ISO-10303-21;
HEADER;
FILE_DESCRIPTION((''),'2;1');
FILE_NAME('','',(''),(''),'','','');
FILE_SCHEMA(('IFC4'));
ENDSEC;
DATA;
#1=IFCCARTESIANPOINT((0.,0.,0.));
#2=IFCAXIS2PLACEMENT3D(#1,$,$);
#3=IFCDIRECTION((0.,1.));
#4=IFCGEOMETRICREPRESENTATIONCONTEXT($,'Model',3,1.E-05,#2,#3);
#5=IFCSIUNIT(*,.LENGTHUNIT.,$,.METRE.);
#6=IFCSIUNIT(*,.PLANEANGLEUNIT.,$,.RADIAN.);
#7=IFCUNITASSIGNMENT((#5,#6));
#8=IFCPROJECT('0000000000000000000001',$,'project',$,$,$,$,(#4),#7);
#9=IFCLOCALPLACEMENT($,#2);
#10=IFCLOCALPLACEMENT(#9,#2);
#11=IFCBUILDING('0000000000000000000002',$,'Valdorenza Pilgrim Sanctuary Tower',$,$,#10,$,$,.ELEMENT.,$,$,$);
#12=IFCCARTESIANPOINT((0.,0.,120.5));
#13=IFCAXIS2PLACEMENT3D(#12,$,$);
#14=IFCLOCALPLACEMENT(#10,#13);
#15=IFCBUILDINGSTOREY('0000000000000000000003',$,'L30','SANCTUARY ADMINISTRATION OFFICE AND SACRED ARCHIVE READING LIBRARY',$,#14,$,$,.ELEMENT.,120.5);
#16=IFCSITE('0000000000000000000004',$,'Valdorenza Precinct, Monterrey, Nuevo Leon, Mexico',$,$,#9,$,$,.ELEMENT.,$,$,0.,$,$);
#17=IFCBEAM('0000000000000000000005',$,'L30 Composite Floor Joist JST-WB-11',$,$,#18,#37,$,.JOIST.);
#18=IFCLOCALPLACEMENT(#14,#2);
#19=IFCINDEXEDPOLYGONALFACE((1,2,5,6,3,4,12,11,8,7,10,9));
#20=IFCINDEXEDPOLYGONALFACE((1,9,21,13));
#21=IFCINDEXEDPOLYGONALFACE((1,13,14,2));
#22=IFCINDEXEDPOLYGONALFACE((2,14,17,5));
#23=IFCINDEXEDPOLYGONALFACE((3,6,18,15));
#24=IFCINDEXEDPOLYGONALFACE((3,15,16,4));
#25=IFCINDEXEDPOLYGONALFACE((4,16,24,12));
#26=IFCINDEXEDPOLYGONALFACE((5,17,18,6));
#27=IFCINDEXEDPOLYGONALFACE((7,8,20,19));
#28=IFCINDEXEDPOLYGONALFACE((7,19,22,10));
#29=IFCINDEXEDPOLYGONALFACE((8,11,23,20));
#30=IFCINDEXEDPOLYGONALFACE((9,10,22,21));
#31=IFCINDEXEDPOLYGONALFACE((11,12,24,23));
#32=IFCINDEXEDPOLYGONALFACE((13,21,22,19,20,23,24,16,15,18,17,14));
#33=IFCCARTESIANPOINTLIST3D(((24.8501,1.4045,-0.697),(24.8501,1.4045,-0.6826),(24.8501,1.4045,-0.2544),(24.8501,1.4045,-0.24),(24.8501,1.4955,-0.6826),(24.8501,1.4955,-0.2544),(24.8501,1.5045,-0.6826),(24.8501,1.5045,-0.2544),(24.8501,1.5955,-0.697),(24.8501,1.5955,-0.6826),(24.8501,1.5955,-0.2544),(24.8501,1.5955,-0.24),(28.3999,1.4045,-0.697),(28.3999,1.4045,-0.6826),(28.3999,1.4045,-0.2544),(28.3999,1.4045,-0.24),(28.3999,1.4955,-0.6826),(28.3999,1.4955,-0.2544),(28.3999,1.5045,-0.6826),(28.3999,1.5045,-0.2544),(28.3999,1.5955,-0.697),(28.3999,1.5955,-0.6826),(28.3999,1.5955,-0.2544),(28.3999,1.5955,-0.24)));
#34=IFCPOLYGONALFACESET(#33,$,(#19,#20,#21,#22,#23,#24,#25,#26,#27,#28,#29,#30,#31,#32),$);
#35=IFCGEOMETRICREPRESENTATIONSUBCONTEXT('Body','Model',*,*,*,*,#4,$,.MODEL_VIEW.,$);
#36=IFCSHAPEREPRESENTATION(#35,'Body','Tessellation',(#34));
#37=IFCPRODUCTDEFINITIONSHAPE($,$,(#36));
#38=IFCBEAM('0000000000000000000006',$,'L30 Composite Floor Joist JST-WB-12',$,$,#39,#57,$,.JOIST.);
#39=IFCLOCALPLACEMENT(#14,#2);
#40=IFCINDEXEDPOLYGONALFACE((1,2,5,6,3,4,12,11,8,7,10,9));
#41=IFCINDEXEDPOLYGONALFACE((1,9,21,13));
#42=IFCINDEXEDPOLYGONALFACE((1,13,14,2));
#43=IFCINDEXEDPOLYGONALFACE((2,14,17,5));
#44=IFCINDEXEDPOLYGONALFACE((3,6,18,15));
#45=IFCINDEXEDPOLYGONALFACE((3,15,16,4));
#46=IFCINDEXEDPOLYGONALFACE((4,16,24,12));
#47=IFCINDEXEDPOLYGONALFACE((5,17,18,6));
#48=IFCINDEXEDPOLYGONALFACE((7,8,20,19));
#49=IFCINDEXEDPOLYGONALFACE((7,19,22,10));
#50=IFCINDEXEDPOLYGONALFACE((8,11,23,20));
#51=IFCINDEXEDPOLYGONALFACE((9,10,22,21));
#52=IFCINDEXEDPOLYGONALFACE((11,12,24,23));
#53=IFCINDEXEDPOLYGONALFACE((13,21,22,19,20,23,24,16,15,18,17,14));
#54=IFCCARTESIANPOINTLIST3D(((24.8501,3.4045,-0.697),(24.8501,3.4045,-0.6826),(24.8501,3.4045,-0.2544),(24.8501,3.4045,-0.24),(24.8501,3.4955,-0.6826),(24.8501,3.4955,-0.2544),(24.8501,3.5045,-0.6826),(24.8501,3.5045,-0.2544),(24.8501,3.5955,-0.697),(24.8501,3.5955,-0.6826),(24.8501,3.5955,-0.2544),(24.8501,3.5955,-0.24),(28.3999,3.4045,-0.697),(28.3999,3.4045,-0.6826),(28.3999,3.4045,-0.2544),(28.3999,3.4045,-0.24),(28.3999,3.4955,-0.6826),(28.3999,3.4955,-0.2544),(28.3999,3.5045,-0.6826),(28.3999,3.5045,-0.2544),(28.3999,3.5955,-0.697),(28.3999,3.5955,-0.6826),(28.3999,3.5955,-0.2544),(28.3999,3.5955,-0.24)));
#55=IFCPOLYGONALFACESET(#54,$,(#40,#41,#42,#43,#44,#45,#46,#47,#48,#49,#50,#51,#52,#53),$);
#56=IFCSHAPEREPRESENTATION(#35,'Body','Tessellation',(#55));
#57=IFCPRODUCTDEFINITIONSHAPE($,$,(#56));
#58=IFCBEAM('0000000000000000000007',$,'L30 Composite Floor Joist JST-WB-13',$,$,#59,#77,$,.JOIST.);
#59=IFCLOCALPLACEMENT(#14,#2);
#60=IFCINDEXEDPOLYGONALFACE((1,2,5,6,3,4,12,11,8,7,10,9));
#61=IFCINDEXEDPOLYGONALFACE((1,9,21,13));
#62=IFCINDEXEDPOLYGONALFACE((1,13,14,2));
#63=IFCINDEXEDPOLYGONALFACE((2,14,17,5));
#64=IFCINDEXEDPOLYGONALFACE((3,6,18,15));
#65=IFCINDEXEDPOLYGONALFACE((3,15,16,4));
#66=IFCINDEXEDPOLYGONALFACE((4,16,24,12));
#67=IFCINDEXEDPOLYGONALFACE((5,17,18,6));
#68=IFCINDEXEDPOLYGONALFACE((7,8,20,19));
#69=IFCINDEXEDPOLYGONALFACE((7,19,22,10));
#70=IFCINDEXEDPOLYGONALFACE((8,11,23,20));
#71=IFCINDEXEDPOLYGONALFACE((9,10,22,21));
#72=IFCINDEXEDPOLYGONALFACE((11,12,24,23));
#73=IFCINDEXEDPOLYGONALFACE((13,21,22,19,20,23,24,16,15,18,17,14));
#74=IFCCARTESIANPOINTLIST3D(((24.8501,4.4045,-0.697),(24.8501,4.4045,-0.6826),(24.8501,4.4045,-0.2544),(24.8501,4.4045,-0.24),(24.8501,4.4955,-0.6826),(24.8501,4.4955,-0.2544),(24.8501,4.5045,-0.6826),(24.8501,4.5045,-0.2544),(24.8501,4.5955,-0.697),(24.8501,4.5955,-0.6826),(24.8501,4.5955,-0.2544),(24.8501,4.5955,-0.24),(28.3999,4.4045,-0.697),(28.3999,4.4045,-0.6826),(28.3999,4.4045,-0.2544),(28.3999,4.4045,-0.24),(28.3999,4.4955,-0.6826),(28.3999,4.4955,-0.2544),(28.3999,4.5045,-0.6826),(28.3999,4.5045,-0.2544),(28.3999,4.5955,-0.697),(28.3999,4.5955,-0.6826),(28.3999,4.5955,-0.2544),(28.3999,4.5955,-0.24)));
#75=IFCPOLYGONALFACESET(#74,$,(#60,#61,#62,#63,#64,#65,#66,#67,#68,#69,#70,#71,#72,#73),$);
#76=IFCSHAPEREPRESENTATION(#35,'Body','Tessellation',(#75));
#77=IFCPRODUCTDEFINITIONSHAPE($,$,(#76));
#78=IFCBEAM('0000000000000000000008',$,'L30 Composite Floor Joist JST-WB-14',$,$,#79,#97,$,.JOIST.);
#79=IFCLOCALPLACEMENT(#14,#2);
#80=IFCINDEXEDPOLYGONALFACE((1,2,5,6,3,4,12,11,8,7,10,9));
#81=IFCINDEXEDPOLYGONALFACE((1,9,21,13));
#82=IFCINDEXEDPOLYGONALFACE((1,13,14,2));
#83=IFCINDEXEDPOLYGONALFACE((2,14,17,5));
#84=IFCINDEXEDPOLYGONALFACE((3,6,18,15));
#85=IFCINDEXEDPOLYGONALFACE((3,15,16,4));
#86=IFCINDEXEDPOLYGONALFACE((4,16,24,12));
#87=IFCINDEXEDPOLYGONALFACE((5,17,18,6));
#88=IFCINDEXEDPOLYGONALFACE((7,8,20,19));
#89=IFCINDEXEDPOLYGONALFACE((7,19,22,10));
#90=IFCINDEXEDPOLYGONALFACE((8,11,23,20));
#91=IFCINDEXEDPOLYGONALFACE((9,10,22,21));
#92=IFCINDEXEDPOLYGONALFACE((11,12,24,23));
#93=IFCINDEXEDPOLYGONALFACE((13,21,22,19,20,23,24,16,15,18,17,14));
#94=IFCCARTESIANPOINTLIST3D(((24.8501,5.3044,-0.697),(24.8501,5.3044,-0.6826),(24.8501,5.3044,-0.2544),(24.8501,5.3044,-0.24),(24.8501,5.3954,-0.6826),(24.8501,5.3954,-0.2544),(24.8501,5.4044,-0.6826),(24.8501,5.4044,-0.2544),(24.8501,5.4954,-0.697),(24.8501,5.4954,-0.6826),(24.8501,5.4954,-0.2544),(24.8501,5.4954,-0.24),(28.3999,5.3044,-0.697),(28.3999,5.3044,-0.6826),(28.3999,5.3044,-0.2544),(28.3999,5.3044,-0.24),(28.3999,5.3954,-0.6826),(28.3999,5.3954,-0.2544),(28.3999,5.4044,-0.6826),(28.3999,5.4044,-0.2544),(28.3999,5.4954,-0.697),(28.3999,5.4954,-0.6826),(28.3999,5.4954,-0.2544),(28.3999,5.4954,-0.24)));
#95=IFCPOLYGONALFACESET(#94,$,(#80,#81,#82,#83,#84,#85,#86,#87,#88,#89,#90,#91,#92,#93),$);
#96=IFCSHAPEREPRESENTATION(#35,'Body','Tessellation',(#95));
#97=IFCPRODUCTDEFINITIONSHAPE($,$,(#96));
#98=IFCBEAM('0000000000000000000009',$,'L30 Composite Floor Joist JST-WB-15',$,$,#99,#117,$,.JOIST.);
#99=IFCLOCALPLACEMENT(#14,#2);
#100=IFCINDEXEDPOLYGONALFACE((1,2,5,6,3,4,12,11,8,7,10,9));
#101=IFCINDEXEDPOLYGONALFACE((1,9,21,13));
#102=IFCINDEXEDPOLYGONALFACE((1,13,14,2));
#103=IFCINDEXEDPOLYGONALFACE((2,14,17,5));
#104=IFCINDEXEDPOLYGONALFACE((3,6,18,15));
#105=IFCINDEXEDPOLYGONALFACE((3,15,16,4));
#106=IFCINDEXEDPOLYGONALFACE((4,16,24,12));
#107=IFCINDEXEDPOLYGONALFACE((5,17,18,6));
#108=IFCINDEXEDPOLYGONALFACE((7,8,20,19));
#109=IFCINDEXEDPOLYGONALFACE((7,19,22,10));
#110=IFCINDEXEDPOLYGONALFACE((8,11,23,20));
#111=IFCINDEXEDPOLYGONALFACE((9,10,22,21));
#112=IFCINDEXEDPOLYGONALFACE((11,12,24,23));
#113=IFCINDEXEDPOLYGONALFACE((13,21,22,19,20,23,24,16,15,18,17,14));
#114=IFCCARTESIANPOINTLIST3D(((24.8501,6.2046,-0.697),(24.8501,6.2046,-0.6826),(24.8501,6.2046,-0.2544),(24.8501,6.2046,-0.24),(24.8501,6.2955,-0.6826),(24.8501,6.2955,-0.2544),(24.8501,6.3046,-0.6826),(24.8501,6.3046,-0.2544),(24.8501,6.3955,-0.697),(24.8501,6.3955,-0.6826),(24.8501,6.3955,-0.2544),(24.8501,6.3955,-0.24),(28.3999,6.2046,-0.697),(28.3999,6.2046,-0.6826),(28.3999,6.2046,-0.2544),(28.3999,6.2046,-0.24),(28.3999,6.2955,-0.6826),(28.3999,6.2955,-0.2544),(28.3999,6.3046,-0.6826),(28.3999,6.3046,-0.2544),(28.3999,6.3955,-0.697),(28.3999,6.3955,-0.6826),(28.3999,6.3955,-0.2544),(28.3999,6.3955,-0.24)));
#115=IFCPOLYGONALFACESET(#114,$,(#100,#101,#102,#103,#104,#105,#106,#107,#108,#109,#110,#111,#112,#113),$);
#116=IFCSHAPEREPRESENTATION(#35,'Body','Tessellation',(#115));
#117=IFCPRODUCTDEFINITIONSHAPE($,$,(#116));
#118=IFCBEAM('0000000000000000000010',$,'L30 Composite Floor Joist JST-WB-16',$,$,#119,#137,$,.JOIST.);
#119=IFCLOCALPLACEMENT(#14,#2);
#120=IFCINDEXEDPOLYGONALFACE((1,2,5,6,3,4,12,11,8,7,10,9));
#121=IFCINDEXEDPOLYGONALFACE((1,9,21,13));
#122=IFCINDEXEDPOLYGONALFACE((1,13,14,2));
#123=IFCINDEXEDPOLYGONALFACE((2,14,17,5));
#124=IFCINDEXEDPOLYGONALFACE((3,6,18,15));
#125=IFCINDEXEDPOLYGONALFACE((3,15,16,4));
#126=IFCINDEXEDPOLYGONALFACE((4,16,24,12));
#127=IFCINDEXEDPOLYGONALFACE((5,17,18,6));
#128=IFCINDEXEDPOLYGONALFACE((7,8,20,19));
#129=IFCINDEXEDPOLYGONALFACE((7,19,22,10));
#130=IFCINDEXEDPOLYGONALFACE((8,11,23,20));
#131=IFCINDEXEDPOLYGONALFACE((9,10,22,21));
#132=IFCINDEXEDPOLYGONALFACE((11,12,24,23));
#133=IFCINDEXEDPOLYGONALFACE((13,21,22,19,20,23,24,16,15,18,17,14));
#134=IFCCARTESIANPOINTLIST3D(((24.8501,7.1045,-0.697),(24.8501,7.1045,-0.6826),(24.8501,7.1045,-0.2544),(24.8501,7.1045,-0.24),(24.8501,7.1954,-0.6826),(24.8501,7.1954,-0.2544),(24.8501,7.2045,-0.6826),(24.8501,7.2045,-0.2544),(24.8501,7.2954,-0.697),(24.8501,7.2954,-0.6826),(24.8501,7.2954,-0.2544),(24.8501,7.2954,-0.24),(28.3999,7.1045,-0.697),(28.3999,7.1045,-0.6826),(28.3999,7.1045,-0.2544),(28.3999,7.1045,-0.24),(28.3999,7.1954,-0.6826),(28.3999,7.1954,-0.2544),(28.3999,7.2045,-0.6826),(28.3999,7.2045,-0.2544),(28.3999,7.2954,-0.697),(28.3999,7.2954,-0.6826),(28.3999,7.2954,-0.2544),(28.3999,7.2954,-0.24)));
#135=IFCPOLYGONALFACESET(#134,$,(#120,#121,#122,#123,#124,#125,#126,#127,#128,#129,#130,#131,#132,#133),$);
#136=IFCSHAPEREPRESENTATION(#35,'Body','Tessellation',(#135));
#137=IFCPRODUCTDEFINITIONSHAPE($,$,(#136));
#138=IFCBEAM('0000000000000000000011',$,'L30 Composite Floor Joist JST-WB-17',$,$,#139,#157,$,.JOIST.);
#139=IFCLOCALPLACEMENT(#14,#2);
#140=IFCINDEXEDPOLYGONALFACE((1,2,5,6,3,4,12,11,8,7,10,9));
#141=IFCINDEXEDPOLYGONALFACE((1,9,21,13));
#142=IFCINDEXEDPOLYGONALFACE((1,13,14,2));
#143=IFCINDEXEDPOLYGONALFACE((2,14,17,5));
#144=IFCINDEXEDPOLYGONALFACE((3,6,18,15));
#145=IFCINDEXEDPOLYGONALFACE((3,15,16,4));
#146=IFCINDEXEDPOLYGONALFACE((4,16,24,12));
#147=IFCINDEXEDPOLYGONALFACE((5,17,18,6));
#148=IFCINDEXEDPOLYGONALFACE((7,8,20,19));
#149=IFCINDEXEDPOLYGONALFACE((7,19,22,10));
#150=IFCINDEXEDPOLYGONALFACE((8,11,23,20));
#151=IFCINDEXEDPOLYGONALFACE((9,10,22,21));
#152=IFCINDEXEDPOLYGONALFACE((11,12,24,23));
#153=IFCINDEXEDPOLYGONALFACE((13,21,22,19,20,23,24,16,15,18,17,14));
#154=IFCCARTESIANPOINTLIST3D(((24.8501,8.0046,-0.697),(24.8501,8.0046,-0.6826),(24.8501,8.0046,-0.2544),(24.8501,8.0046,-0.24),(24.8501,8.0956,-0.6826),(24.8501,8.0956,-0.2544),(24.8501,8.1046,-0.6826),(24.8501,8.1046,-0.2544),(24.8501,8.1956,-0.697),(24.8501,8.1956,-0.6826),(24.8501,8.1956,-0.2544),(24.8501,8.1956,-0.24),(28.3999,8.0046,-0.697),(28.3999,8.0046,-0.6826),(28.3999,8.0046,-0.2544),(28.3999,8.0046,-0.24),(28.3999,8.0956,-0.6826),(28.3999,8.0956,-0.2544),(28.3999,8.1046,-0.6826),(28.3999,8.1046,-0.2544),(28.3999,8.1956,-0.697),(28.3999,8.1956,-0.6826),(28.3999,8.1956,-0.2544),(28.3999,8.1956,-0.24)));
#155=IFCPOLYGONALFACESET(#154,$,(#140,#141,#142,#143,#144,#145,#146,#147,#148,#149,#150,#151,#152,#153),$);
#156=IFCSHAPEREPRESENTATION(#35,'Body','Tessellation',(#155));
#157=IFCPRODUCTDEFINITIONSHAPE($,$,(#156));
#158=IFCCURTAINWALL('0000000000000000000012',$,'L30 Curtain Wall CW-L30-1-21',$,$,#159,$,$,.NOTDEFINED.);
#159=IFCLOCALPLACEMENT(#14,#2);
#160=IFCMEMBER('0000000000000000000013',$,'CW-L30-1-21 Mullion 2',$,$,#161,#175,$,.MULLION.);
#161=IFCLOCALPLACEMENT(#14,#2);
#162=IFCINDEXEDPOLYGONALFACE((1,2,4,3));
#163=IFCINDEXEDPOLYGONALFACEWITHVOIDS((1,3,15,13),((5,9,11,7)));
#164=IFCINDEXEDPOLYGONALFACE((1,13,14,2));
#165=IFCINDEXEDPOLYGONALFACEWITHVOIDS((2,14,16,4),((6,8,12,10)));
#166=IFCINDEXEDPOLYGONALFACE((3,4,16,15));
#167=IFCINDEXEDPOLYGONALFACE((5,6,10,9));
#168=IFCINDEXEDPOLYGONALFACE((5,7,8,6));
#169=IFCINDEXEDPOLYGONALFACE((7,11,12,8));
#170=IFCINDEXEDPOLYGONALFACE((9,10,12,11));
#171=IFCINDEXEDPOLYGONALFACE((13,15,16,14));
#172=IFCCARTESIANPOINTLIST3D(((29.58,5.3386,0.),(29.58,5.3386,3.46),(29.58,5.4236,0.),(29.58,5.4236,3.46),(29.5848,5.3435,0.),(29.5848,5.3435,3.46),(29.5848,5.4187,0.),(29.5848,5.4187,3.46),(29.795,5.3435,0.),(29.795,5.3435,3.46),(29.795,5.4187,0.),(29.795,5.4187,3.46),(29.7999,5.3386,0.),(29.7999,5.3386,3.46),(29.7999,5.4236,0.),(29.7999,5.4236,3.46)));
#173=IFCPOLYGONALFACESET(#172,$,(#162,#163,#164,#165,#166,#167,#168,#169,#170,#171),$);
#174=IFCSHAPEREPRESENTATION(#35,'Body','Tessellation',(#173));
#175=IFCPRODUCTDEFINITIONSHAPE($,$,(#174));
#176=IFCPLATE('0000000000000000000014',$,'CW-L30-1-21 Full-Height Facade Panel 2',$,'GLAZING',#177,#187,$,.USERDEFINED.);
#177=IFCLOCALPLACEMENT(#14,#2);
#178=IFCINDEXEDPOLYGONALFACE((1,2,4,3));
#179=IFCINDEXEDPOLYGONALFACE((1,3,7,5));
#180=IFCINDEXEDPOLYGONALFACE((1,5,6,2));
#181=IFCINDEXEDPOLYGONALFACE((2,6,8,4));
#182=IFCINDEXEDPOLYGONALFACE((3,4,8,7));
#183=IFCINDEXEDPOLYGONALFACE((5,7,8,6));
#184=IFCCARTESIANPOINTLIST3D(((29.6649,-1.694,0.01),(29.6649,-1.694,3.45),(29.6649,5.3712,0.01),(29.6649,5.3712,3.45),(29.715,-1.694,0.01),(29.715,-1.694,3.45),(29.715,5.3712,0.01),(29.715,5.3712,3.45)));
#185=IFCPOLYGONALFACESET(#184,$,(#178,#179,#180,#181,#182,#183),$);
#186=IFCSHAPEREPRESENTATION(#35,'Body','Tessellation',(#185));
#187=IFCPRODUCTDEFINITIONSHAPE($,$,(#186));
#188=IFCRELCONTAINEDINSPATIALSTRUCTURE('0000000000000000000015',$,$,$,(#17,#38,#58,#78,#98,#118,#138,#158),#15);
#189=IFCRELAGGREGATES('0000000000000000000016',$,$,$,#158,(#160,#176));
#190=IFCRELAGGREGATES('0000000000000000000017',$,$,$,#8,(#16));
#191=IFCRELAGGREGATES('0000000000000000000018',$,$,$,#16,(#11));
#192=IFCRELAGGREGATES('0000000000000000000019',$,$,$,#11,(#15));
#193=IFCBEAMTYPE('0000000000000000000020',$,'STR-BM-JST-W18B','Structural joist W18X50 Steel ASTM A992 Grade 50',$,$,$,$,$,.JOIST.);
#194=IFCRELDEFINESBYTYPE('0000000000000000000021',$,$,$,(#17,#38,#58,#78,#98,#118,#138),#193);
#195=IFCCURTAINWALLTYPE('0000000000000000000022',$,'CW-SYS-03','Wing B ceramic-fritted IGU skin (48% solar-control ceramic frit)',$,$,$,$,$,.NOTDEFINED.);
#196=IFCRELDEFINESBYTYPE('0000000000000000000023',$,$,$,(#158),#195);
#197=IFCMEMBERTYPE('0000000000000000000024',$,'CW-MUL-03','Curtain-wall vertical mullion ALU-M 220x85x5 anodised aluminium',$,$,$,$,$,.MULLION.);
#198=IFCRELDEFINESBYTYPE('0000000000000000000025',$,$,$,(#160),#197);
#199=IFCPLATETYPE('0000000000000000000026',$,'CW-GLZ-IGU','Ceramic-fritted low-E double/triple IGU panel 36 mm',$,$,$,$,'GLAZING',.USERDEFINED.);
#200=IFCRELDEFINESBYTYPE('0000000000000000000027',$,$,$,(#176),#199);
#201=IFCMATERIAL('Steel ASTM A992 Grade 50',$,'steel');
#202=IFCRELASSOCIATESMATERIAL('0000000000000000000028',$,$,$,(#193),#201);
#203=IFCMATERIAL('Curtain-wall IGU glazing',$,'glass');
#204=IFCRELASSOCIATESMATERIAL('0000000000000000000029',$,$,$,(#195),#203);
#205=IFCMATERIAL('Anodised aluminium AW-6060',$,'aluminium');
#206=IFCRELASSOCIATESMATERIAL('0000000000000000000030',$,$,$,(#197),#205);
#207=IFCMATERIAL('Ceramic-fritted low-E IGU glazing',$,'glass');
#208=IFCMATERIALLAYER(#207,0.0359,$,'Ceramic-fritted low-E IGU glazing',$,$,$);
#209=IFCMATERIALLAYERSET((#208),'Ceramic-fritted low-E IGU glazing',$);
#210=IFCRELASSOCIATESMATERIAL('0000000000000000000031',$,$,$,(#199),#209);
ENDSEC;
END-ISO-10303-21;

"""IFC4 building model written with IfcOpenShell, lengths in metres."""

from ifc_helpers import new_model, si_unit, direction, frame, origin, origin_2d, place, context, subcontext, project, spatial, rectangle, hollow_rectangle, i_section, extrude, source, transform, mapped, material, layer, layer_set, material_profile, profile_set, type_object, element, aggregate, save


model = new_model("IFC4")

# Units and contexts
model_context = context("Model", 3, precision=1e-05, world=origin(), true_north=direction((0.0, 1.0)))
body_context = subcontext(model_context, "Body", "Model", "MODEL_VIEW")
ifc_project = project(units=[si_unit("LENGTHUNIT", "METRE"), si_unit("PLANEANGLEUNIT", "RADIAN")], contexts=[model_context])

# Site, building, storey
site_placement = place(None, origin())
site = spatial("IfcSite", under=ifc_project, at=site_placement, Name="Valdorenza Precinct, Monterrey, Nuevo Leon, Mexico", CompositionType="ELEMENT", RefElevation=0.0)
building_placement = place(site_placement, origin())
building = spatial("IfcBuilding", under=site, at=building_placement, Name="Valdorenza Pilgrim Sanctuary Tower", CompositionType="ELEMENT")
storey_placement = place(building_placement, frame((0.0, 0.0, 120.5)))
storey = spatial("IfcBuildingStorey", under=building, at=storey_placement, Name="L30", Description="SANCTUARY ADMINISTRATION OFFICE AND SACRED ARCHIVE READING LIBRARY", CompositionType="ELEMENT", Elevation=120.5)

# Beams
ifc_material_1 = material(Name="Steel ASTM A992 Grade 50", Category="steel")
ifc_material_profile_1 = material_profile(ifc_material_1, i_section(OverallWidth=0.1909, OverallDepth=0.457, WebThickness=0.009, FlangeThickness=0.0144, at=origin_2d()), Name="W18X50")
ifc_profile_set_1 = profile_set([ifc_material_profile_1], Name="Steel ASTM A992 Grade 50")
beam_type = type_object("IfcBeamType", Name="STR-BM-JST-W18B", Description="Structural joist W18X50 Steel ASTM A992 Grade 50", PredefinedType="JOIST", material=ifc_profile_set_1)
shared_shape_1 = source(origin(), body_context, "Body", "SweptSolid", [
    extrude(i_section(OverallWidth=0.1909, OverallDepth=0.457, WebThickness=0.009, FlangeThickness=0.0144, at=origin_2d()), origin(), (0.0, 0.0, 1.0), 3.5498),
])
for number, where, z_axis, x_axis, name in (
    (1, (24.8501, 1.5, -0.4685), (1.0, 0.0, 0.0), (0.0, 1.0, 0.0), "L30 Composite Floor Joist JST-WB-11"),
    (2, (24.8501, 3.5, -0.4685), (1.0, 0.0, 0.0), (0.0, 1.0, 0.0), "L30 Composite Floor Joist JST-WB-12"),
    (3, (24.8501, 4.5, -0.4685), (1.0, 0.0, 0.0), (0.0, 1.0, 0.0), "L30 Composite Floor Joist JST-WB-13"),
    (4, (24.8501, 5.3999, -0.4685), (1.0, 0.0, 0.0), (0.0, 1.0, 0.0), "L30 Composite Floor Joist JST-WB-14"),
    (5, (24.8501, 6.3, -0.4685), (1.0, 0.0, 0.0), (0.0, 1.0, 0.0), "L30 Composite Floor Joist JST-WB-15"),
    (6, (24.8501, 7.2, -0.4685), (1.0, 0.0, 0.0), (0.0, 1.0, 0.0), "L30 Composite Floor Joist JST-WB-16"),
    (7, (24.8501, 8.1001, -0.4685), (1.0, 0.0, 0.0), (0.0, 1.0, 0.0), "L30 Composite Floor Joist JST-WB-17"),
):
    element("IfcBeam", number, at=place(storey_placement, frame(where, z_axis=z_axis, x_axis=x_axis)), inside=storey, type_object=beam_type, Name=name, PredefinedType="JOIST", context=body_context, shape_type="MappedRepresentation", body=[
        mapped(shared_shape_1, transform((0.0, 0.0, 0.0), x_axis=(1.0, 0.0, 0.0), y_axis=(0.0, 1.0, 0.0), z_axis=(0.0, 0.0, 1.0), scale=1.0)),
    ])

# Curtain wall, member, plate
ifc_material_2 = material(Name="Curtain-wall IGU glazing", Category="glass")
curtain_wall_type = type_object("IfcCurtainWallType", Name="CW-SYS-03", Description="Wing B ceramic-fritted IGU skin (48% solar-control ceramic frit)", PredefinedType="NOTDEFINED", material=ifc_material_2)
curtain_wall_placement = place(storey_placement, origin())
curtain_wall = element("IfcCurtainWall", 8, at=curtain_wall_placement, inside=storey, type_object=curtain_wall_type, Name="L30 Curtain Wall CW-L30-1-21", PredefinedType="NOTDEFINED")
ifc_material_3 = material(Name="Anodised aluminium AW-6060", Category="aluminium")
ifc_material_profile_2 = material_profile(ifc_material_3, hollow_rectangle(XDim=0.085, YDim=0.22, WallThickness=0.0049, at=origin_2d()), Name="ALU-M 220x85x5")
ifc_profile_set_2 = profile_set([ifc_material_profile_2], Name="Anodised aluminium AW-6060")
member_type = type_object("IfcMemberType", Name="CW-MUL-03", Description="Curtain-wall vertical mullion ALU-M 220x85x5 anodised aluminium", PredefinedType="MULLION", material=ifc_profile_set_2)
shared_shape_2 = source(origin(), body_context, "Body", "SweptSolid", [
    extrude(hollow_rectangle(XDim=0.085, YDim=0.22, WallThickness=0.0049, at=origin_2d()), origin(), (0.0, 0.0, 1.0), 3.46),
])
member_placement = place(storey_placement, frame((29.6899, 5.3811, 0.0), z_axis=(0.0, 0.0, 1.0), x_axis=(0.0, -1.0, 0.0)))
member = element("IfcMember", 9, at=member_placement, type_object=member_type, Name="CW-L30-1-21 Mullion 2", PredefinedType="MULLION", context=body_context, shape_type="MappedRepresentation", body=[
    mapped(shared_shape_2, transform((0.0, 0.0, 0.0), x_axis=(1.0, 0.0, 0.0), y_axis=(0.0, 1.0, 0.0), z_axis=(0.0, 0.0, 1.0), scale=1.0)),
])
ifc_material_4 = material(Name="Ceramic-fritted low-E IGU glazing", Category="glass")
ifc_layer_1 = layer(ifc_material_4, 0.0359, Name="Ceramic-fritted low-E IGU glazing")
ifc_layer_set_1 = layer_set([ifc_layer_1], Name="Ceramic-fritted low-E IGU glazing")
plate_type = type_object("IfcPlateType", Name="CW-GLZ-IGU", Description="Ceramic-fritted low-E double/triple IGU panel 36 mm", ElementType="GLAZING", PredefinedType="USERDEFINED", material=ifc_layer_set_1)
shared_shape_3 = source(origin(), body_context, "Body", "SweptSolid", [
    extrude(rectangle(XDim=7.0652, YDim=0.05, at=origin_2d()), origin(), (0.0, 0.0, 1.0), 3.4399),
])
plate_placement = place(storey_placement, frame((29.6899, 1.8386, 0.01), z_axis=(0.0, 0.0, 1.0), x_axis=(0.0, -1.0, 0.0)))
plate = element("IfcPlate", 10, at=plate_placement, type_object=plate_type, Name="CW-L30-1-21 Full-Height Facade Panel 2", ObjectType="GLAZING", PredefinedType="USERDEFINED", context=body_context, shape_type="MappedRepresentation", body=[
    mapped(shared_shape_3, transform((0.0, 0.0, 0.0), x_axis=(1.0, 0.0, 0.0), y_axis=(0.0, 1.0, 0.0), z_axis=(0.0, 0.0, 1.0), scale=1.0)),
])
aggregate(curtain_wall, [member, plate])

save(model, "model.ifc")
